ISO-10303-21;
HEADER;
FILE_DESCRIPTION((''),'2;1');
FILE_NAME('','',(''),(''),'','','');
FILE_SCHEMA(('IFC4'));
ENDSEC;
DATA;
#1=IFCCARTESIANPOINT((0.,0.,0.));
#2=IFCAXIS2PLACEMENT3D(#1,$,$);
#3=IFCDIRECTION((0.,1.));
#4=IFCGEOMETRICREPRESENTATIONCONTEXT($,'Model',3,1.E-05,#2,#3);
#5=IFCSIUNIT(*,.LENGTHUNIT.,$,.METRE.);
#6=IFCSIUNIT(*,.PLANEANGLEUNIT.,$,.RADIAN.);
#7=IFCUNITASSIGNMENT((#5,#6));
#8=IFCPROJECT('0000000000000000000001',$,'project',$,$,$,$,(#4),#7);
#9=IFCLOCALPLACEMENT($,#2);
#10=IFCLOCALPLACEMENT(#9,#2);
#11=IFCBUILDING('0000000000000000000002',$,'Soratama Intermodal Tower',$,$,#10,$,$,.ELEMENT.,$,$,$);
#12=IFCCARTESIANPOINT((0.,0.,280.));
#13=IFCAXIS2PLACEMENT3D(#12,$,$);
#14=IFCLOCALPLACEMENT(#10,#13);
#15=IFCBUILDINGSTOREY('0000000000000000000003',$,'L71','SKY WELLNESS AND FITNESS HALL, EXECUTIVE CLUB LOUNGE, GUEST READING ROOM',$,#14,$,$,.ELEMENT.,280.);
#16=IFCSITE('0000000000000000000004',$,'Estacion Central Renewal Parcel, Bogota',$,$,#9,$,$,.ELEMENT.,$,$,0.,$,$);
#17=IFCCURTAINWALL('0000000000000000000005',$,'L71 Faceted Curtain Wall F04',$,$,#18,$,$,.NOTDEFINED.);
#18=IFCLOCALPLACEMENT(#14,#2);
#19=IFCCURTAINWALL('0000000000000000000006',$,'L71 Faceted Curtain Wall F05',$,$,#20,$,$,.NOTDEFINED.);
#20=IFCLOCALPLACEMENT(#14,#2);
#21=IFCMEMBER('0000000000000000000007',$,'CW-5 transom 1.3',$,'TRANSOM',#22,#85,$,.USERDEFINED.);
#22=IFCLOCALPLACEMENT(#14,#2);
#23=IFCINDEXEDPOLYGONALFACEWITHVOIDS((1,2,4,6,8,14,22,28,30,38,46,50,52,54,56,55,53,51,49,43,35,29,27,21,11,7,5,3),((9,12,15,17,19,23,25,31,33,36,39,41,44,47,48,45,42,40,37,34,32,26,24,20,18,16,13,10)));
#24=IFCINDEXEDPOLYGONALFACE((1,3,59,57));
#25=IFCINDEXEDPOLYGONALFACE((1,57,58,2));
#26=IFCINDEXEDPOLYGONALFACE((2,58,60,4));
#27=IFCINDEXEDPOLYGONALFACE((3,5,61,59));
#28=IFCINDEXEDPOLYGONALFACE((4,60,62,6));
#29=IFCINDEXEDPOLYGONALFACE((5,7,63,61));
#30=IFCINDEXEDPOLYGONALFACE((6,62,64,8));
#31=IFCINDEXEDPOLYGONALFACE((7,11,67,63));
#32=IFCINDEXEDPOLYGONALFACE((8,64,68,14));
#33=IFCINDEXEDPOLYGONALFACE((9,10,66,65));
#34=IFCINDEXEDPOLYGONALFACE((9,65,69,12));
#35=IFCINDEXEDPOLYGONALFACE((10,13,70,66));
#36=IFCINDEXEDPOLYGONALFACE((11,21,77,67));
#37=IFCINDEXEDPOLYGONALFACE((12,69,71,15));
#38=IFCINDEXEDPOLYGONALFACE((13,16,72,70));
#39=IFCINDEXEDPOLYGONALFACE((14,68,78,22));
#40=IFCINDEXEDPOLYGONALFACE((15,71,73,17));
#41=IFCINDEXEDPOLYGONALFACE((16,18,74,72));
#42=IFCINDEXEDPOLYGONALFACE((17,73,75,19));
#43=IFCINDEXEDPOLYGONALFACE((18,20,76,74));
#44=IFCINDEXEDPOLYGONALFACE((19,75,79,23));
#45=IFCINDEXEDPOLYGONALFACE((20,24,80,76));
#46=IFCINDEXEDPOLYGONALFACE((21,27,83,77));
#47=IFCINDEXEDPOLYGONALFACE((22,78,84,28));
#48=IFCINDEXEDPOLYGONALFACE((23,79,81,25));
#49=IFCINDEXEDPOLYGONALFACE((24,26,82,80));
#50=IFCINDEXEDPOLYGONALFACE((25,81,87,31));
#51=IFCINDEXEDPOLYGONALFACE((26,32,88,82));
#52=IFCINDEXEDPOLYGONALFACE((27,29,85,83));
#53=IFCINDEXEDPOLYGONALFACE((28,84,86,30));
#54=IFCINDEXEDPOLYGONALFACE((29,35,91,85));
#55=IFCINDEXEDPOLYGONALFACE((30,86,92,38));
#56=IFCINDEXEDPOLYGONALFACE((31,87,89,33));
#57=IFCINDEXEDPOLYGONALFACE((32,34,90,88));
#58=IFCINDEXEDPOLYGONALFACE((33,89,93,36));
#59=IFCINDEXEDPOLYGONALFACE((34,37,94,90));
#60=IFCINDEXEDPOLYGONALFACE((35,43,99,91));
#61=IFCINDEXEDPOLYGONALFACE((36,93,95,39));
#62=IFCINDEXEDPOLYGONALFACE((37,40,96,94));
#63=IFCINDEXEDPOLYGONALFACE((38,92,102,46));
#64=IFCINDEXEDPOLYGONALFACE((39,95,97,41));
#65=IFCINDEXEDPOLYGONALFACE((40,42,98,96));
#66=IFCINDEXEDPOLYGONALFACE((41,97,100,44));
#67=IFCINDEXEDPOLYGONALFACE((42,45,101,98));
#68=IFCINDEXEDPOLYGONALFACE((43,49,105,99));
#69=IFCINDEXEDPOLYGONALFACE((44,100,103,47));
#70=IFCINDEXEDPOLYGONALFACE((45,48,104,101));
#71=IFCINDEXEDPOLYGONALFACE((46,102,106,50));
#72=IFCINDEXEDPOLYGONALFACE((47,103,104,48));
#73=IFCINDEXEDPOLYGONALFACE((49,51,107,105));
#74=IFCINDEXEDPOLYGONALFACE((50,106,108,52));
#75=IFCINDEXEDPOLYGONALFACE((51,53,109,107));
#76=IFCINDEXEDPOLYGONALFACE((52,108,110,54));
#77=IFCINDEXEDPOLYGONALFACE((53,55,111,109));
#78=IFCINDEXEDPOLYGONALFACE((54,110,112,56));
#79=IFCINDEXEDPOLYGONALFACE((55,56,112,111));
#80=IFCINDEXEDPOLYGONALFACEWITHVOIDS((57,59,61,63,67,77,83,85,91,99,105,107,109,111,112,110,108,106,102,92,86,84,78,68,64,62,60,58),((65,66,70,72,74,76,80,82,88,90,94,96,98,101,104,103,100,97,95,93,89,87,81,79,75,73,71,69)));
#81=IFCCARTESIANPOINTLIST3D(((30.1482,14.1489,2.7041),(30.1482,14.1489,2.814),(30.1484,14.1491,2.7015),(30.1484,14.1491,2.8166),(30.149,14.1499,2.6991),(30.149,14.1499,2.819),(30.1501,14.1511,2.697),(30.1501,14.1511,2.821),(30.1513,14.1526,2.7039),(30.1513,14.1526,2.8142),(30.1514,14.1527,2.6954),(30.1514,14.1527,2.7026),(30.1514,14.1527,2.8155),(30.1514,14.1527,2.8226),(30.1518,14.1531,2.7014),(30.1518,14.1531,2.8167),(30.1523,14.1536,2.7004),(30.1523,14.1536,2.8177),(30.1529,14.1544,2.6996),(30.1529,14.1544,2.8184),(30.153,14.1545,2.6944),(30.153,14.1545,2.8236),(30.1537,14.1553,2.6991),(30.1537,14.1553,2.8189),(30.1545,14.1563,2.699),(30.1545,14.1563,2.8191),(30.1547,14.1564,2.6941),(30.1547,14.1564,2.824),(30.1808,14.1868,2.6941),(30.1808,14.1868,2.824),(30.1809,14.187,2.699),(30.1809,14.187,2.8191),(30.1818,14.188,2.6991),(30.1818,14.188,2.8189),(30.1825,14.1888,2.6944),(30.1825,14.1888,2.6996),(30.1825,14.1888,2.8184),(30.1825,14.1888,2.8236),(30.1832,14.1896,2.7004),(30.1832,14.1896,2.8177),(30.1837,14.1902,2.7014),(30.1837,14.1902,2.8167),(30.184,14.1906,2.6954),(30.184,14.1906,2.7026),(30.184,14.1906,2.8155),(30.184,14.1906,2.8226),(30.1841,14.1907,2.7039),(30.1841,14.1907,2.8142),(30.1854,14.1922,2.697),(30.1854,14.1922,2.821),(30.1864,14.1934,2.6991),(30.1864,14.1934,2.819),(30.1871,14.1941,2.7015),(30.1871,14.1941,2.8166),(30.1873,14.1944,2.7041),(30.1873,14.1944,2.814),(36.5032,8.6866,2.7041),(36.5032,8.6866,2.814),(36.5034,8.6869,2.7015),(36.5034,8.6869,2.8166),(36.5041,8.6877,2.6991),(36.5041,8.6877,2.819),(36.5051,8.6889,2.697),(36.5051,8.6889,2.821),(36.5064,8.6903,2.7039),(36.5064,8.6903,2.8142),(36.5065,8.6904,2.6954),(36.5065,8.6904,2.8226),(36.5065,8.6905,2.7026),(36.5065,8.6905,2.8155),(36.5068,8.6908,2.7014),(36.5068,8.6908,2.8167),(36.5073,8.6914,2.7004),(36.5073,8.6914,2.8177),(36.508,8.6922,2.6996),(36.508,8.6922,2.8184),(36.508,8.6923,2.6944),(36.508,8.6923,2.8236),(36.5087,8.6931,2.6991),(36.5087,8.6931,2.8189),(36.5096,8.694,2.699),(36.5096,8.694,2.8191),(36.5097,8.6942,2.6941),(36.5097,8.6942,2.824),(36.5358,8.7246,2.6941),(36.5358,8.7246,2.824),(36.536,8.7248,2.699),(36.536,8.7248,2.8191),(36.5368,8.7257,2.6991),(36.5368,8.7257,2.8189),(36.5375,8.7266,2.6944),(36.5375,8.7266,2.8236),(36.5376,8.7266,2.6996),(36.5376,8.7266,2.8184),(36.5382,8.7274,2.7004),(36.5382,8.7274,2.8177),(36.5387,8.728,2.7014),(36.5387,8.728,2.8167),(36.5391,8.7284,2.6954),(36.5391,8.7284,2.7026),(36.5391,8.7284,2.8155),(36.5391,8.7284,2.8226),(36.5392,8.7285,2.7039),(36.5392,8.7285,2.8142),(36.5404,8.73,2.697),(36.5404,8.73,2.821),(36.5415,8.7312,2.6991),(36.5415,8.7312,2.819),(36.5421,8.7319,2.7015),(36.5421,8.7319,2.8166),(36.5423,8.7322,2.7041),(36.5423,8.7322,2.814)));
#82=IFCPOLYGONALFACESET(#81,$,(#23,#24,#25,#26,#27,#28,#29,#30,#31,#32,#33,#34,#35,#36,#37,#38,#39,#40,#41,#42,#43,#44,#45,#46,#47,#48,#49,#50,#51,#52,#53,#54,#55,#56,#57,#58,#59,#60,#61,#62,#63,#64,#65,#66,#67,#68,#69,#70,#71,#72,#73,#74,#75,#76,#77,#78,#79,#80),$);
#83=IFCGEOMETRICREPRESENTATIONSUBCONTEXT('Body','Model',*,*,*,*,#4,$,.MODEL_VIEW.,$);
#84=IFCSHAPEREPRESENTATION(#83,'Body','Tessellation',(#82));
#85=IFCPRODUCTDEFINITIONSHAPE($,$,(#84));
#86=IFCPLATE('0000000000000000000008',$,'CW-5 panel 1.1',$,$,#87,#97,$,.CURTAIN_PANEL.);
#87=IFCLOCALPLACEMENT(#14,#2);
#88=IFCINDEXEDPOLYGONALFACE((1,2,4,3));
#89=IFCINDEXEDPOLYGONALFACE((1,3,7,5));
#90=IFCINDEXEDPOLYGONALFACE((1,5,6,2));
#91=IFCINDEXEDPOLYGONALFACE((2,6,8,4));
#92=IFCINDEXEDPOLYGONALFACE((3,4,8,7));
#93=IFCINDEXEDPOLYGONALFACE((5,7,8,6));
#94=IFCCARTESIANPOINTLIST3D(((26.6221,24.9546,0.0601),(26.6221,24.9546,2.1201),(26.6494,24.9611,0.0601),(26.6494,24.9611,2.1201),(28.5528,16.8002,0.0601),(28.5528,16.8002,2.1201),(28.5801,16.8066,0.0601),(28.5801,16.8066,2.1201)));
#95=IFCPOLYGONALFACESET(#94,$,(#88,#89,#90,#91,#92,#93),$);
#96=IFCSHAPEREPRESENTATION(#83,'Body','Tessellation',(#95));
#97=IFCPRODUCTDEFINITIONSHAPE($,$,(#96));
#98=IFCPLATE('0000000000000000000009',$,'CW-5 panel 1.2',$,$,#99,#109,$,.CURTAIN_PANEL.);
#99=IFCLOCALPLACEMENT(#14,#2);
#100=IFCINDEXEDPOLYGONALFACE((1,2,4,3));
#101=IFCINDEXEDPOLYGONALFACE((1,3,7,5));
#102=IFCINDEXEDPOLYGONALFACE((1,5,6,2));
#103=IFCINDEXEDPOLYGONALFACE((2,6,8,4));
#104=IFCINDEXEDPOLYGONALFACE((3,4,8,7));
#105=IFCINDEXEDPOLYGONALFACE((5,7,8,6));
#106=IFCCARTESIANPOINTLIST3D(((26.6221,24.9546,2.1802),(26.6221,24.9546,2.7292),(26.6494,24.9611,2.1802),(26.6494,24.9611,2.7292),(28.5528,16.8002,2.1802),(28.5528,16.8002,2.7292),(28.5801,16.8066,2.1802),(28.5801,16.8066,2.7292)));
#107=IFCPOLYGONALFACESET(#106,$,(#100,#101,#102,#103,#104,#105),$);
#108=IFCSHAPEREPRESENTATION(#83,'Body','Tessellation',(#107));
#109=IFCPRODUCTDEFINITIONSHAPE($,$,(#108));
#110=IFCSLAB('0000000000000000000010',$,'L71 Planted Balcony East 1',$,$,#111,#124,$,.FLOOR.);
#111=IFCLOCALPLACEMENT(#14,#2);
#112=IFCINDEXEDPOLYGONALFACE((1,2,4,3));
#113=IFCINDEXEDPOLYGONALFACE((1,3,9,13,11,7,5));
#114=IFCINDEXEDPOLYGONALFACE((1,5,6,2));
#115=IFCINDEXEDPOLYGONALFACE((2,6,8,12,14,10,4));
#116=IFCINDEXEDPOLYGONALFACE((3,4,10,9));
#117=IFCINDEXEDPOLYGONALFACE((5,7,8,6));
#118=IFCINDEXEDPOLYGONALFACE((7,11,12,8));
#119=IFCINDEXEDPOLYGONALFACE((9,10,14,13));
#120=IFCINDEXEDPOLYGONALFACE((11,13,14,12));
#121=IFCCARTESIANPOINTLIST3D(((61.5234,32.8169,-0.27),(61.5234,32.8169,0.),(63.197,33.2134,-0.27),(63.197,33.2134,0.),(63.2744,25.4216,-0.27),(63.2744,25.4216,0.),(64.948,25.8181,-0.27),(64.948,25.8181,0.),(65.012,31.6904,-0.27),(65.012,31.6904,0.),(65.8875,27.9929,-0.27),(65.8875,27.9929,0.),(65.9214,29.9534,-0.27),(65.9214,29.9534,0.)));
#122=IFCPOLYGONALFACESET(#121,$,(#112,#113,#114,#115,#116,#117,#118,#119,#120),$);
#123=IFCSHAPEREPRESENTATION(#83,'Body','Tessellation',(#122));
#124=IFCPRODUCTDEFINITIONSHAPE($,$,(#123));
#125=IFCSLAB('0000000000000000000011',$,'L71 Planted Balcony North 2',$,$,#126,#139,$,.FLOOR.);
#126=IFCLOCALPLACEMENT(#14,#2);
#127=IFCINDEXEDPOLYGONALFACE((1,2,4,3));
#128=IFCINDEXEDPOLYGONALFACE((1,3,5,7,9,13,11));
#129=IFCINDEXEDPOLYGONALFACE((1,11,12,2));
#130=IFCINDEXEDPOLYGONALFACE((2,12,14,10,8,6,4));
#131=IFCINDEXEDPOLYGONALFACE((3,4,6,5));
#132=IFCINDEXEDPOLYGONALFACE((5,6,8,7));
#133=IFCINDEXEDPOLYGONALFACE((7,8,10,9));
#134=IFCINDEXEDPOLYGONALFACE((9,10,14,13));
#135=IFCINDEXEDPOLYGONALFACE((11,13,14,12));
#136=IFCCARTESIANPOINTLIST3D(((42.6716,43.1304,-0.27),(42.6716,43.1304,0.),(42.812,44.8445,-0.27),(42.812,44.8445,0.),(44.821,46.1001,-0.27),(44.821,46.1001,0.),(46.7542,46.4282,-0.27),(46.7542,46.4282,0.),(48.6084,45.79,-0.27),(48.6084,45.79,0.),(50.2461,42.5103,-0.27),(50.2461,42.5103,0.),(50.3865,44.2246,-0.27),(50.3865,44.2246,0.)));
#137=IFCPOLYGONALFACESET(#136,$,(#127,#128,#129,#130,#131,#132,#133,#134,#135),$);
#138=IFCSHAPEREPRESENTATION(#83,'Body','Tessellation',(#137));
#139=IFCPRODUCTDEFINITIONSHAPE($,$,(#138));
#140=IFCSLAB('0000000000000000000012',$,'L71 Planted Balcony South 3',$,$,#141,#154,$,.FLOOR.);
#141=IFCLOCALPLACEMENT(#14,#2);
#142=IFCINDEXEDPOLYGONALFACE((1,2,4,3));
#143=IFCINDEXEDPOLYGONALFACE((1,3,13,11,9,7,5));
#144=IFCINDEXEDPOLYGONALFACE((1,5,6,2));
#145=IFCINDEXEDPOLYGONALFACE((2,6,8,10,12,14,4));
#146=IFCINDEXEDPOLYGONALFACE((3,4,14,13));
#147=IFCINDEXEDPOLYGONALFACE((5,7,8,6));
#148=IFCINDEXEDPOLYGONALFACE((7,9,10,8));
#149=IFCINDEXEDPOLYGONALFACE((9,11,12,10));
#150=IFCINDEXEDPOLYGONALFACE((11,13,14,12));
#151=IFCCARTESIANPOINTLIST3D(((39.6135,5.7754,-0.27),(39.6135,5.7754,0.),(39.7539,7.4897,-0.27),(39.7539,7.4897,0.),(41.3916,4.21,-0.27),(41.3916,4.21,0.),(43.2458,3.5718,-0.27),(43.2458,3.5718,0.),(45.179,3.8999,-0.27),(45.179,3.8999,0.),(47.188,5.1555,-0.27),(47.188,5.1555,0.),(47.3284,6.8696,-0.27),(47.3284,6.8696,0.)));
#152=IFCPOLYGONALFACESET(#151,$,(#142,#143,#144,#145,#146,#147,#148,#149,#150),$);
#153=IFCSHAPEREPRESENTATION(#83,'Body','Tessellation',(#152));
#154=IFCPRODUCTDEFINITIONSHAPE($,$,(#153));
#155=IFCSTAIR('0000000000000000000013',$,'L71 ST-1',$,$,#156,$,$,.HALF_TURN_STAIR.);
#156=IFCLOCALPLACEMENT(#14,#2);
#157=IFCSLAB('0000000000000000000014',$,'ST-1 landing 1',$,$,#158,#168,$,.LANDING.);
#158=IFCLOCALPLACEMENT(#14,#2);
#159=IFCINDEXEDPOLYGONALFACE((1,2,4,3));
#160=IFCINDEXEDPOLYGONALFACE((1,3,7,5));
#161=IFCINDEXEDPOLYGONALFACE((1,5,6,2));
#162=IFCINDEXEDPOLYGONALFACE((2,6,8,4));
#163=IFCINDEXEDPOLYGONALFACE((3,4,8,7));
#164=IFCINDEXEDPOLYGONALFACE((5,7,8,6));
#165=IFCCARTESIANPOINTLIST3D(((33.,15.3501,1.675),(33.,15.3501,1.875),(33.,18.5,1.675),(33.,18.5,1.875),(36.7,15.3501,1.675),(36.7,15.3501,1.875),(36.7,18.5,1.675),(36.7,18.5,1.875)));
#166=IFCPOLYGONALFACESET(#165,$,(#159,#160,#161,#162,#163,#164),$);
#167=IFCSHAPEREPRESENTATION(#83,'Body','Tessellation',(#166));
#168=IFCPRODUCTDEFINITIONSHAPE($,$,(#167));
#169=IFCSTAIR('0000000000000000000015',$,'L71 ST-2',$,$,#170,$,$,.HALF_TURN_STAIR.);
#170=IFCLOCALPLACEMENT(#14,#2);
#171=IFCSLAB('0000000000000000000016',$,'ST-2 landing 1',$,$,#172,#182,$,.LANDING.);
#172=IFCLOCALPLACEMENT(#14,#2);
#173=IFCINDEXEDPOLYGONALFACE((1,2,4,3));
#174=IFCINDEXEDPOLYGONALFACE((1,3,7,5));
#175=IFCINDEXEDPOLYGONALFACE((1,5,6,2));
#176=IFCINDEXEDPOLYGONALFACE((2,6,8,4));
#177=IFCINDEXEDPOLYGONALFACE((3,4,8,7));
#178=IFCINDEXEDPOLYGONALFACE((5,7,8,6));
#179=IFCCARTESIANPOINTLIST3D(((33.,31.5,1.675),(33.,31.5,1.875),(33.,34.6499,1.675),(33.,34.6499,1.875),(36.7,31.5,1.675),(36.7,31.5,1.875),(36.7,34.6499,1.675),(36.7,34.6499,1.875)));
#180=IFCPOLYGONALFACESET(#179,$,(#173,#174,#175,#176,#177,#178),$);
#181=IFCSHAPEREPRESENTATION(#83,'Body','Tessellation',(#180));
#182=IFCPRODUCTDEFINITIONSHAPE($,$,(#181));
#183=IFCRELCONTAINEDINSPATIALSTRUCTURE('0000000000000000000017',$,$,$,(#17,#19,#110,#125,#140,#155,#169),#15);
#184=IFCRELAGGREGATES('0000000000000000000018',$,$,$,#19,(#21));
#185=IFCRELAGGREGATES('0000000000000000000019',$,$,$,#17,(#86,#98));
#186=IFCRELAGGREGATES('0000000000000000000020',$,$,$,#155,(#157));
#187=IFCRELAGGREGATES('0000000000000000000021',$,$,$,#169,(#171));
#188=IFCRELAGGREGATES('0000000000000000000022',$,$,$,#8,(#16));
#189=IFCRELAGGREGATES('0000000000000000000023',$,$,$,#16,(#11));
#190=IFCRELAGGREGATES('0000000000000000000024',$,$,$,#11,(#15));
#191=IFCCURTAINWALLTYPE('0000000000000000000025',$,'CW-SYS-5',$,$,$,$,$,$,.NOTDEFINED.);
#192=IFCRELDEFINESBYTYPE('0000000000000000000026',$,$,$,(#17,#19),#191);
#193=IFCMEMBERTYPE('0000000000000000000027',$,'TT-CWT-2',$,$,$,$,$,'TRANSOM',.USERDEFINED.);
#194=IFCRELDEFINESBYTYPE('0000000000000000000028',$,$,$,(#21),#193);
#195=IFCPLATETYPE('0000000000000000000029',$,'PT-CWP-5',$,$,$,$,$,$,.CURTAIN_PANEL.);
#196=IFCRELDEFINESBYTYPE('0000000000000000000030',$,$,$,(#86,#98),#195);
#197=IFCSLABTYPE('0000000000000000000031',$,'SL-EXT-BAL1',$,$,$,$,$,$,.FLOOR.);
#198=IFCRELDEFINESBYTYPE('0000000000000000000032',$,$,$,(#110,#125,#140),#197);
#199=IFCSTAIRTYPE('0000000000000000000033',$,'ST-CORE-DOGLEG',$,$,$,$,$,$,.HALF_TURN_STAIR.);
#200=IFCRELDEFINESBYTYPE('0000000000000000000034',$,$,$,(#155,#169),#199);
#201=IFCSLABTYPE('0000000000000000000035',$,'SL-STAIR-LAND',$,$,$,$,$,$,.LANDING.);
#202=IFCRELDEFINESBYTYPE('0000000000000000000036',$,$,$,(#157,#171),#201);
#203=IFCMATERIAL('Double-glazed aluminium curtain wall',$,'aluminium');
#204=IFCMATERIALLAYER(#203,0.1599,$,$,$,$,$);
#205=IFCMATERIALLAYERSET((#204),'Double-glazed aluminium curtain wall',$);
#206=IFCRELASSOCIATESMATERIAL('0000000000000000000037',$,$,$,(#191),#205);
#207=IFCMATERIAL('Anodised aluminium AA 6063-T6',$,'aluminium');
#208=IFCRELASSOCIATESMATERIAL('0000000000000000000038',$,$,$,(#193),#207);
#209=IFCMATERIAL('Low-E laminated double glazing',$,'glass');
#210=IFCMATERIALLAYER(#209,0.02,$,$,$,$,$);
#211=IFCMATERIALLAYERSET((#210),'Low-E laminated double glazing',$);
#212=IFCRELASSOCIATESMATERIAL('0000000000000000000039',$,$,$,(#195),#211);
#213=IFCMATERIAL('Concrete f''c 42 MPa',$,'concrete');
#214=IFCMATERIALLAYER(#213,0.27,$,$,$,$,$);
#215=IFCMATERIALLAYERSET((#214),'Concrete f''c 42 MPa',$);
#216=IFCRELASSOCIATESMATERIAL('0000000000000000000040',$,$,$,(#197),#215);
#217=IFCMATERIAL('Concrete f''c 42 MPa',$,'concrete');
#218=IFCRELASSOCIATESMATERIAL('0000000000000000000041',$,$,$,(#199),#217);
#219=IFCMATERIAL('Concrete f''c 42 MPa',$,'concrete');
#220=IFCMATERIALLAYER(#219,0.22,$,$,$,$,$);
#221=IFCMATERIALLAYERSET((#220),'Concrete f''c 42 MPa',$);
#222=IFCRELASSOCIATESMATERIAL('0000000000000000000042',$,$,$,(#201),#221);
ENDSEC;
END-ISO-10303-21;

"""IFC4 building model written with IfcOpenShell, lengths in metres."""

from ifc_helpers import new_model, si_unit, direction, frame, origin, origin_2d, place, context, subcontext, project, spatial, polyline, rectangle, hollow_rectangle, outline, extrude, material, layer, layer_set, material_profile, profile_set, type_object, element, aggregate, save


model = new_model("IFC4")

# Units and contexts
model_context = context("Model", 3, precision=1e-05, world=origin(), true_north=direction((0.0, 1.0)))
body_context = subcontext(model_context, "Body", "Model", "MODEL_VIEW")
ifc_project = project(units=[si_unit("LENGTHUNIT", "METRE"), si_unit("PLANEANGLEUNIT", "RADIAN")], contexts=[model_context])

# Site, building, storey
site_placement = place(None, origin())
site = spatial("IfcSite", under=ifc_project, at=site_placement, Name="Estacion Central Renewal Parcel, Bogota", CompositionType="ELEMENT", RefElevation=0.0)
building_placement = place(site_placement, origin())
building = spatial("IfcBuilding", under=site, at=building_placement, Name="Soratama Intermodal Tower", CompositionType="ELEMENT")
storey_placement = place(building_placement, frame((0.0, 0.0, 280.0)))
storey = spatial("IfcBuildingStorey", under=building, at=storey_placement, Name="L71", Description="SKY WELLNESS AND FITNESS HALL, EXECUTIVE CLUB LOUNGE, GUEST READING ROOM", CompositionType="ELEMENT", Elevation=280.0)

# Curtain wall
ifc_material_1 = material(Name="Double-glazed aluminium curtain wall", Category="aluminium")
ifc_layer_1 = layer(ifc_material_1, 0.1599)
ifc_layer_set_1 = layer_set([ifc_layer_1], Name="Double-glazed aluminium curtain wall")
curtain_wall_type = type_object("IfcCurtainWallType", Name="CW-SYS-5", PredefinedType="NOTDEFINED", material=ifc_layer_set_1)
curtain_wall_1_placement = place(storey_placement, origin())
curtain_wall_1 = element("IfcCurtainWall", 1, at=curtain_wall_1_placement, inside=storey, type_object=curtain_wall_type, Name="L71 Faceted Curtain Wall F04", PredefinedType="NOTDEFINED")

# Curtain wall, member
curtain_wall_2_placement = place(storey_placement, origin())
curtain_wall_2 = element("IfcCurtainWall", 2, at=curtain_wall_2_placement, inside=storey, type_object=curtain_wall_type, Name="L71 Faceted Curtain Wall F05", PredefinedType="NOTDEFINED")
ifc_material_2 = material(Name="Anodised aluminium AA 6063-T6", Category="aluminium")
ifc_material_profile_1 = material_profile(ifc_material_2, hollow_rectangle(XDim=0.0601, YDim=0.1299, WallThickness=0.0049, InnerFilletRadius=0.0049, OuterFilletRadius=0.01, at=origin_2d()), Name="CWT130X60X5")
ifc_profile_set_1 = profile_set([ifc_material_profile_1], Name="Anodised aluminium AA 6063-T6")
member_type_1 = type_object("IfcMemberType", Name="TT-CWT-2", ElementType="TRANSOM", PredefinedType="USERDEFINED", material=ifc_profile_set_1)
member_1_placement = place(storey_placement, frame((30.1677, 14.1716, 2.759), z_axis=(0.75837, -0.651825, 0.0), x_axis=(0.651825, 0.75837, 0.0)))
member_1 = element("IfcMember", 3, at=member_1_placement, type_object=member_type_1, Name="CW-5 transom 1.3", ObjectType="TRANSOM", PredefinedType="USERDEFINED", context=body_context, shape_type="SweptSolid", body=[
    extrude(hollow_rectangle(XDim=0.0601, YDim=0.1299, WallThickness=0.0049, InnerFilletRadius=0.0049, OuterFilletRadius=0.01, at=origin_2d()), origin(), (0.0, 0.0, 1.0), 8.3799),
])
aggregate(curtain_wall_2, [member_1])

# Plates
ifc_material_3 = material(Name="Low-E laminated double glazing", Category="glass")
ifc_layer_2 = layer(ifc_material_3, 0.02)
ifc_layer_set_2 = layer_set([ifc_layer_2], Name="Low-E laminated double glazing")
plate_type = type_object("IfcPlateType", Name="PT-CWP-5", PredefinedType="CURTAIN_PANEL", material=ifc_layer_set_2)
plate_1_placement = place(storey_placement, frame((27.6011, 20.8806, 0.0601), z_axis=(0.0, 0.0, 1.0), x_axis=(0.230395, -0.973097, 0.0)))
plate_1 = element("IfcPlate", 4, at=plate_1_placement, type_object=plate_type, Name="CW-5 panel 1.1", PredefinedType="CURTAIN_PANEL", context=body_context, shape_type="SweptSolid", body=[
    extrude(rectangle(XDim=8.3799, YDim=0.0281, at=origin_2d()), origin(), (0.0, 0.0, 1.0), 2.0601),
])
plate_2_placement = place(storey_placement, frame((27.6011, 20.8806, 2.1802), z_axis=(0.0, 0.0, 1.0), x_axis=(0.230395, -0.973097, 0.0)))
plate_2 = element("IfcPlate", 5, at=plate_2_placement, type_object=plate_type, Name="CW-5 panel 1.2", PredefinedType="CURTAIN_PANEL", context=body_context, shape_type="SweptSolid", body=[
    extrude(rectangle(XDim=8.3799, YDim=0.0281, at=origin_2d()), origin(), (0.0, 0.0, 1.0), 0.5491),
])
aggregate(curtain_wall_1, [plate_1, plate_2])

# Slabs
ifc_material_4 = material(Name="Concrete f'c 42 MPa", Category="concrete")
ifc_layer_3 = layer(ifc_material_4, 0.27)
ifc_layer_set_3 = layer_set([ifc_layer_3], Name="Concrete f'c 42 MPa")
slab_type_1 = type_object("IfcSlabType", Name="SL-EXT-BAL1", PredefinedType="FLOOR", material=ifc_layer_set_3)
slab_1_placement = place(storey_placement, frame((0.0, 0.0, -0.27)))
element("IfcSlab", 6, at=slab_1_placement, inside=storey, type_object=slab_type_1, Name="L71 Planted Balcony East 1", PredefinedType="FLOOR", context=body_context, shape_type="SweptSolid", body=[
    extrude(outline(polyline([(63.2744, 25.4216), (61.5234, 32.8169), (63.197, 33.2134), (65.012, 31.6904), (65.9214, 29.9534), (65.8875, 27.9929), (64.948, 25.8181), (63.2744, 25.4216)])), origin(), (0.0, 0.0, 1.0), 0.27),
])
slab_2_placement = place(storey_placement, frame((0.0, 0.0, -0.27)))
element("IfcSlab", 7, at=slab_2_placement, inside=storey, type_object=slab_type_1, Name="L71 Planted Balcony North 2", PredefinedType="FLOOR", context=body_context, shape_type="SweptSolid", body=[
    extrude(outline(polyline([(50.2461, 42.5103), (42.6716, 43.1304), (42.812, 44.8445), (44.821, 46.1001), (46.7542, 46.4282), (48.6084, 45.79), (50.3865, 44.2246), (50.2461, 42.5103)])), origin(), (0.0, 0.0, 1.0), 0.27),
])
slab_3_placement = place(storey_placement, frame((0.0, 0.0, -0.27)))
element("IfcSlab", 8, at=slab_3_placement, inside=storey, type_object=slab_type_1, Name="L71 Planted Balcony South 3", PredefinedType="FLOOR", context=body_context, shape_type="SweptSolid", body=[
    extrude(outline(polyline([(39.7539, 7.4897), (47.3284, 6.8696), (47.188, 5.1555), (45.179, 3.8999), (43.2458, 3.5718), (41.3916, 4.21), (39.6135, 5.7754), (39.7539, 7.4897)])), origin(), (0.0, 0.0, 1.0), 0.27),
])

# Stairs, slabs
ifc_material_5 = material(Name="Concrete f'c 42 MPa", Category="concrete")
stair_type = type_object("IfcStairType", Name="ST-CORE-DOGLEG", PredefinedType="HALF_TURN_STAIR", material=ifc_material_5)
stair_1_placement = place(storey_placement, origin())
stair_1 = element("IfcStair", 9, at=stair_1_placement, inside=storey, type_object=stair_type, Name="L71 ST-1", PredefinedType="HALF_TURN_STAIR")
ifc_material_6 = material(Name="Concrete f'c 42 MPa", Category="concrete")
ifc_layer_4 = layer(ifc_material_6, 0.22)
ifc_layer_set_4 = layer_set([ifc_layer_4], Name="Concrete f'c 42 MPa")
slab_type_2 = type_object("IfcSlabType", Name="SL-STAIR-LAND", PredefinedType="LANDING", material=ifc_layer_set_4)
slab_4_placement = place(storey_placement, frame((0.0, 0.0, 1.675)))
slab_4 = element("IfcSlab", 10, at=slab_4_placement, type_object=slab_type_2, Name="ST-1 landing 1", PredefinedType="LANDING", context=body_context, shape_type="SweptSolid", body=[
    extrude(outline(polyline([(36.7, 18.5), (33.0, 18.5), (33.0, 15.3501), (36.7, 15.3501), (36.7, 18.5)])), origin(), (0.0, 0.0, 1.0), 0.2),
])
aggregate(stair_1, [slab_4])
stair_2_placement = place(storey_placement, origin())
stair_2 = element("IfcStair", 11, at=stair_2_placement, inside=storey, type_object=stair_type, Name="L71 ST-2", PredefinedType="HALF_TURN_STAIR")
slab_5_placement = place(storey_placement, frame((0.0, 0.0, 1.675)))
slab_5 = element("IfcSlab", 12, at=slab_5_placement, type_object=slab_type_2, Name="ST-2 landing 1", PredefinedType="LANDING", context=body_context, shape_type="SweptSolid", body=[
    extrude(outline(polyline([(36.7, 34.6499), (33.0, 34.6499), (33.0, 31.5), (36.7, 31.5), (36.7, 34.6499)])), origin(), (0.0, 0.0, 1.0), 0.2),
])
aggregate(stair_2, [slab_5])

save(model, "model.ifc")
